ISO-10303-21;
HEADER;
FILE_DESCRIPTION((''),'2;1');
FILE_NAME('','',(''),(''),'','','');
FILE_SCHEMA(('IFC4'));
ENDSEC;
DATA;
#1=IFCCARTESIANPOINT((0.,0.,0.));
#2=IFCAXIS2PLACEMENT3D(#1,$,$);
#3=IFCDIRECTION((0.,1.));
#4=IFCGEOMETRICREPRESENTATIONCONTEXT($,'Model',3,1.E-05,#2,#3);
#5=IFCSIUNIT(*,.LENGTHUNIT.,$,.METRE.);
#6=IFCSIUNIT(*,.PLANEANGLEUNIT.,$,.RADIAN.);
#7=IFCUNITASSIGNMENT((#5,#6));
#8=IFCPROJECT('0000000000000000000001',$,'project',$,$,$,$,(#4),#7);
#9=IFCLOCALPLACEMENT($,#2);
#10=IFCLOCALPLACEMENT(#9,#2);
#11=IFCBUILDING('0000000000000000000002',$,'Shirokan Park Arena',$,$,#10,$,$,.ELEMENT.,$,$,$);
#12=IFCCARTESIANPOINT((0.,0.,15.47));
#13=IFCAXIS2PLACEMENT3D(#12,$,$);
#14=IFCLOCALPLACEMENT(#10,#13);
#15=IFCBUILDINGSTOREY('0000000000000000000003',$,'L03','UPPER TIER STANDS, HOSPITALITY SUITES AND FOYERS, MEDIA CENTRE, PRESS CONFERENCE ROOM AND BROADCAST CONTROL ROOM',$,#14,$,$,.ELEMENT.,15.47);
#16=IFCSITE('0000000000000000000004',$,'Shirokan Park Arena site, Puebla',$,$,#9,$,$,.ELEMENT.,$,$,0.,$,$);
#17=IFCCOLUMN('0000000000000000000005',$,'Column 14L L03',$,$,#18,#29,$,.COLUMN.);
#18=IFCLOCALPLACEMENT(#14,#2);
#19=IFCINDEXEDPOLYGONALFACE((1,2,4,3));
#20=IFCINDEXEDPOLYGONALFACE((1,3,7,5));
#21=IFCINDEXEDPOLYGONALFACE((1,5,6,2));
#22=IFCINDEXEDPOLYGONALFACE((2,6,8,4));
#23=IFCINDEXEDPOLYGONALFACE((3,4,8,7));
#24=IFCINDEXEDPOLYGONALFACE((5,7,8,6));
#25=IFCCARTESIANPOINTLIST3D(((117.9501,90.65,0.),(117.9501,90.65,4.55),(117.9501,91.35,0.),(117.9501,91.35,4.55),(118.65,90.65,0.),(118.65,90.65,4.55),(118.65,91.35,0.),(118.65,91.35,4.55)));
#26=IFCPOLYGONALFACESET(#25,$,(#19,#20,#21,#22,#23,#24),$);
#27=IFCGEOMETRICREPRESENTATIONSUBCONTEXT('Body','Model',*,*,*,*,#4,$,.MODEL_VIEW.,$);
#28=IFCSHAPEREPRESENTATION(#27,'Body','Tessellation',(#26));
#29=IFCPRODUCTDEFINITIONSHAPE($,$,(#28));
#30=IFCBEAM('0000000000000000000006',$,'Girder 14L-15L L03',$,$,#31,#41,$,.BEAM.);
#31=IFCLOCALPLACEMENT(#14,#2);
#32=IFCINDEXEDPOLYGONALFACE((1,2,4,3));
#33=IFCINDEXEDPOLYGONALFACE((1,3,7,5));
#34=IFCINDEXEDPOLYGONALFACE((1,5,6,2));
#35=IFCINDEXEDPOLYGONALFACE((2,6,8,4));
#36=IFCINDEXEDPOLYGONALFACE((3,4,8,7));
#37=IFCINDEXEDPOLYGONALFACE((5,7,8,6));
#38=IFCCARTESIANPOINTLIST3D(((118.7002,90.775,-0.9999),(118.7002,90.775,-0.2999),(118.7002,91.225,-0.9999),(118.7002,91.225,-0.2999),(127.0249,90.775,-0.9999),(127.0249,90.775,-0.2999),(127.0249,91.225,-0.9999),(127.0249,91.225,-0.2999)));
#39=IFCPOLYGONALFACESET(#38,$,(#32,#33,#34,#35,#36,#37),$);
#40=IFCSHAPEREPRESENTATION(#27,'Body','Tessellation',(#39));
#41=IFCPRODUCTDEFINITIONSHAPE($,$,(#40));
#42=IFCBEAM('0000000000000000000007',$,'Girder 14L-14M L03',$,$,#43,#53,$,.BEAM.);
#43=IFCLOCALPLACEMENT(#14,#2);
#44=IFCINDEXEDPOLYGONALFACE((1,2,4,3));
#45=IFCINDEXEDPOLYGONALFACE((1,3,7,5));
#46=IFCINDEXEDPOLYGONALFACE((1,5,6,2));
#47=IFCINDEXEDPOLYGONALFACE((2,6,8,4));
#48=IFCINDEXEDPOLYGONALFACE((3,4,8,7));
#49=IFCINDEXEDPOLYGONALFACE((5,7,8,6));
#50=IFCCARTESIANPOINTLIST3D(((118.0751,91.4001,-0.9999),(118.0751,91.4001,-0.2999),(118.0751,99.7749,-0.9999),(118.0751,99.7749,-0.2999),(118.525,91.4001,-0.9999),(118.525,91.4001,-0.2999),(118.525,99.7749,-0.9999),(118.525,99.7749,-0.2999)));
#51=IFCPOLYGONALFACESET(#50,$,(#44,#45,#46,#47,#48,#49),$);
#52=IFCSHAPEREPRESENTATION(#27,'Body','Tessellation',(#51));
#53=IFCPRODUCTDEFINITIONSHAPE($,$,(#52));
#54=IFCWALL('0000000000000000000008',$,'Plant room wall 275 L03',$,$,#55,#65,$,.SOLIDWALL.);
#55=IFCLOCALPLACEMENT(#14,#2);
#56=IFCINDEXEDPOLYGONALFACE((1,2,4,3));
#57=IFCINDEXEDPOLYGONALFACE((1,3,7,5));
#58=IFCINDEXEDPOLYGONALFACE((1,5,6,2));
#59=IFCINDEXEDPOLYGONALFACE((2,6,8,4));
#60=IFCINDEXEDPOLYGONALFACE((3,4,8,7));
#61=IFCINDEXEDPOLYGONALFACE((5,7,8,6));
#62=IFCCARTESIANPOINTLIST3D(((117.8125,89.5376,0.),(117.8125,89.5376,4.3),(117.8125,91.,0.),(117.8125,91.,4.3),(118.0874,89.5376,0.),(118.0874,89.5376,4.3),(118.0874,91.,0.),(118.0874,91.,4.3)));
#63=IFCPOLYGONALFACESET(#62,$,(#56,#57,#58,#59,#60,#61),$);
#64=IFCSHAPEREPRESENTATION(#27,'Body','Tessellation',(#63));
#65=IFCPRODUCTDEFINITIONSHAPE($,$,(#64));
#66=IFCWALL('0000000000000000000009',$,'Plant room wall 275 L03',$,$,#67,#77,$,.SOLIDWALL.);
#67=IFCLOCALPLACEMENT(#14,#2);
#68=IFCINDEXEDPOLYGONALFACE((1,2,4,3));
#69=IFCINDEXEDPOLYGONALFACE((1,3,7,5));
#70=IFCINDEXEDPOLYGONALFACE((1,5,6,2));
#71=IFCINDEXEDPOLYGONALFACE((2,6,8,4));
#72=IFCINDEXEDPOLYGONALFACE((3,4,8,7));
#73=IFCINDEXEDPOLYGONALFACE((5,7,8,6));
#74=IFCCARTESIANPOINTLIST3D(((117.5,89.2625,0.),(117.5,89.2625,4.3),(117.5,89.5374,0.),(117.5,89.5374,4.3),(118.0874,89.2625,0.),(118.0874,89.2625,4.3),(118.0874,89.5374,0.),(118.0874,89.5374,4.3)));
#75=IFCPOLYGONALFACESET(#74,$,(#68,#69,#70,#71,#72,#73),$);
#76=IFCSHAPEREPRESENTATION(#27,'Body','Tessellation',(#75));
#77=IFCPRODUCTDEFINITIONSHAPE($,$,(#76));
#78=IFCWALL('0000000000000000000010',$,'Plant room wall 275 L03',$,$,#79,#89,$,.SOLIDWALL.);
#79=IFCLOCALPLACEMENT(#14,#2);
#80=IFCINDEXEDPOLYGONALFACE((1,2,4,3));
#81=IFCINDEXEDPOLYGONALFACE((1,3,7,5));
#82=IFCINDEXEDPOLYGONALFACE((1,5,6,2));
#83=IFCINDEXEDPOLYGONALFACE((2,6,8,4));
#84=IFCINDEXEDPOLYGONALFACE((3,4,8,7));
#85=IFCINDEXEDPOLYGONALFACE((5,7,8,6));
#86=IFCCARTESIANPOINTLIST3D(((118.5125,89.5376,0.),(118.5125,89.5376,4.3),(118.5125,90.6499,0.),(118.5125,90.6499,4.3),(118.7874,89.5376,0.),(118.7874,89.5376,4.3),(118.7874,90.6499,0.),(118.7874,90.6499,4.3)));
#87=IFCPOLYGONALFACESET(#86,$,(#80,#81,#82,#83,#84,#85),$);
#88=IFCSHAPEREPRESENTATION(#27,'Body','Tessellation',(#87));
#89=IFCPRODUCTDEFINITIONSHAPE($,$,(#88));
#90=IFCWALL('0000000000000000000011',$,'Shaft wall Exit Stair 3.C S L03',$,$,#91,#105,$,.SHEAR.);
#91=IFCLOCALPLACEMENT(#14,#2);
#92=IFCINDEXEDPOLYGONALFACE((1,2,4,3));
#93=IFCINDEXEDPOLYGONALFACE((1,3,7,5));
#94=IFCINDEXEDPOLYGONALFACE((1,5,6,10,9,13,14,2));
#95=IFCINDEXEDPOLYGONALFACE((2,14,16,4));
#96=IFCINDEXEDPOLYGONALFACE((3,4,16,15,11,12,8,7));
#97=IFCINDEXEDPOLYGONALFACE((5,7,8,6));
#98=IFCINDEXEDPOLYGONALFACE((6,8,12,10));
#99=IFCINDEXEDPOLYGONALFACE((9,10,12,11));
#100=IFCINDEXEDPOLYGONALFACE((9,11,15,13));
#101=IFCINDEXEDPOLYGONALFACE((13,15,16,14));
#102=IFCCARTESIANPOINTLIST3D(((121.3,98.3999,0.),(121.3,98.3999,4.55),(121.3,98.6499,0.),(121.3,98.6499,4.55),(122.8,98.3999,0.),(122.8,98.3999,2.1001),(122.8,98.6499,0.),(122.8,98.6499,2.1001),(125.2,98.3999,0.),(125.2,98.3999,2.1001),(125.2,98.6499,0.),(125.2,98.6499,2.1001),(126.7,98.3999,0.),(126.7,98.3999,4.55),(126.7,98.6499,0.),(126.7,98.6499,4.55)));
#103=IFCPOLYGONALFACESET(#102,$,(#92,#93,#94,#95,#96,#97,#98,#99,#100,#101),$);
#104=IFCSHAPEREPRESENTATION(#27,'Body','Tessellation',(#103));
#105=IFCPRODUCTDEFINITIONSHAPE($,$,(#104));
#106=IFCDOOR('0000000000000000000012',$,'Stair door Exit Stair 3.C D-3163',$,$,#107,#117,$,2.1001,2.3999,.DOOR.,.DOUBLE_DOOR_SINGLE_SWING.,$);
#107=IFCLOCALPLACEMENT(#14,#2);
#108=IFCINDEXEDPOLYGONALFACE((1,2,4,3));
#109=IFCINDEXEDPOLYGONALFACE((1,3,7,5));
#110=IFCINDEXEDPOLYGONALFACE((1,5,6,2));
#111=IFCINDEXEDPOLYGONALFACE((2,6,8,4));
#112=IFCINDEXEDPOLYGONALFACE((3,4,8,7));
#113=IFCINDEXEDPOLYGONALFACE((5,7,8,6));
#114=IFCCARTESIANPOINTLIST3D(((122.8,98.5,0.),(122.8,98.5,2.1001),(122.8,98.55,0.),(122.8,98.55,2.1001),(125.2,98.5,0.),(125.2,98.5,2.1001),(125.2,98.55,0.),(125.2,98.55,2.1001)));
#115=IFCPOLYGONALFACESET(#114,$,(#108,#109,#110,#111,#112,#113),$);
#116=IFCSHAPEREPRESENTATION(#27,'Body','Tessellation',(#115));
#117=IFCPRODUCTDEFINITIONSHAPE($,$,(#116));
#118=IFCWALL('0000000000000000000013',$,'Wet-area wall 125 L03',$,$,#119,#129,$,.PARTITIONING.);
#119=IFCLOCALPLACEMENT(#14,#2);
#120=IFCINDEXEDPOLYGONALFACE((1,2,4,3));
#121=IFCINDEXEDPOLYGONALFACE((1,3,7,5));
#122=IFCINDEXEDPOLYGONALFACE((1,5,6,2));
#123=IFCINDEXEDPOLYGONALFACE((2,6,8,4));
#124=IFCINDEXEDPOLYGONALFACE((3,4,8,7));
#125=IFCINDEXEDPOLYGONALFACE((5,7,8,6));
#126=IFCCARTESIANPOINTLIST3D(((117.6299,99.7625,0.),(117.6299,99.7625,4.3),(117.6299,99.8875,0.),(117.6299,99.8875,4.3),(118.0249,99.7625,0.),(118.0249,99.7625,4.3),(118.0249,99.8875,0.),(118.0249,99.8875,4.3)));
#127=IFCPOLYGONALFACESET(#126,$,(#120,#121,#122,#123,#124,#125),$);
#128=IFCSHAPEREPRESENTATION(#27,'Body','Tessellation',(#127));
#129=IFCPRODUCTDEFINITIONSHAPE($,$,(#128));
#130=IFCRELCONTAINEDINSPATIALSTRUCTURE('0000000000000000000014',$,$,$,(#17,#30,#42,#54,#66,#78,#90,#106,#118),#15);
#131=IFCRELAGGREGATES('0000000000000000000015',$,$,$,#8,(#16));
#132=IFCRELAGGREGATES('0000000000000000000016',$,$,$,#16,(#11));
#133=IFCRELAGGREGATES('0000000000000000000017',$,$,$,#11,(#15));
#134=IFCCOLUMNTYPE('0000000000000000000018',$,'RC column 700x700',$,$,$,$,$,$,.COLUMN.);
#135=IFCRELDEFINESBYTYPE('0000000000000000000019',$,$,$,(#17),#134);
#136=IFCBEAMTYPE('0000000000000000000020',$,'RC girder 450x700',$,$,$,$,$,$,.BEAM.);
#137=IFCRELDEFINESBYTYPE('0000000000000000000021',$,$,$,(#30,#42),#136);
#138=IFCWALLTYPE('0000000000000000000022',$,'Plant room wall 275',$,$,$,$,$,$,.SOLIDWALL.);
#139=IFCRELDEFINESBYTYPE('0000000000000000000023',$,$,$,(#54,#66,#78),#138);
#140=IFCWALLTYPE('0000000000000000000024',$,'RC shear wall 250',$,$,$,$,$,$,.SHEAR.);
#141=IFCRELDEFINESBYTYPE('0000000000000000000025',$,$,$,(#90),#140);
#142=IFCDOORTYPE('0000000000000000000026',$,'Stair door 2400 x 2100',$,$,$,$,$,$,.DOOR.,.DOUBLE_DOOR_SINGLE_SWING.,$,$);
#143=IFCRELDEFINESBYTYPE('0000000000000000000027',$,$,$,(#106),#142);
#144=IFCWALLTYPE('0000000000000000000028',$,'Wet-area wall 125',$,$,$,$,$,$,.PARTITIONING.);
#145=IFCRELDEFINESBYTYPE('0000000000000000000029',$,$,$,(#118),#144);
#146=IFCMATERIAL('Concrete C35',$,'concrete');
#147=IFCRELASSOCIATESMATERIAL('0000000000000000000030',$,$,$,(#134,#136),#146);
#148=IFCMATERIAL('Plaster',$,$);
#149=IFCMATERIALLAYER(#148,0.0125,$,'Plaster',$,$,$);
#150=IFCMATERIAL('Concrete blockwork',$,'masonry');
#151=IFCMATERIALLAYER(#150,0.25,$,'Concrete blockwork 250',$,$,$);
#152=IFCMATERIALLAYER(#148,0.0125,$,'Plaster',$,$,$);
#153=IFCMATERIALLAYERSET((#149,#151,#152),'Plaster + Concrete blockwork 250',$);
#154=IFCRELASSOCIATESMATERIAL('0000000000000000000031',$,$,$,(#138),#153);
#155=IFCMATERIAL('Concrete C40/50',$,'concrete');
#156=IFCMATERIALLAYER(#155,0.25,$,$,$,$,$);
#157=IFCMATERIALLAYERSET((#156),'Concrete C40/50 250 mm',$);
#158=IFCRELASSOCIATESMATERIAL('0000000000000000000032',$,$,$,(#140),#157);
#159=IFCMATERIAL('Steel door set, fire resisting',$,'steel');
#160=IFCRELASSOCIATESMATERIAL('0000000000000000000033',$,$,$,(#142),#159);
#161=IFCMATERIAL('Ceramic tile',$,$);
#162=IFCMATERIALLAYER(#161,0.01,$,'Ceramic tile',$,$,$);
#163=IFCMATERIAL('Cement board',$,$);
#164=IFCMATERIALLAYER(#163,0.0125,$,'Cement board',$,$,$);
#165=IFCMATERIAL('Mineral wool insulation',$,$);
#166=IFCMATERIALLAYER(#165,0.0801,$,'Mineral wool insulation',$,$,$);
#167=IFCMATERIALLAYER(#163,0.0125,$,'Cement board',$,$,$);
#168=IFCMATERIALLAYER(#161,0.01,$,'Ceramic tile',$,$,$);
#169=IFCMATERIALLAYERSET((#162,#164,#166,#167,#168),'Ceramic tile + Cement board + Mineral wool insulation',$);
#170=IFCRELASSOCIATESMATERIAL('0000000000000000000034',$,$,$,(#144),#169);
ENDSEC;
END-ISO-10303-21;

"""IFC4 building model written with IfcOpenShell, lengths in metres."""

from ifc_helpers import new_model, si_unit, direction, frame, frame_2d, origin, origin_2d, place, context, subcontext, project, spatial, rectangle, extrude, material, layer, layer_set, material_profile, profile_set, type_object, element, fill, save


model = new_model("IFC4")

# Units and contexts
model_context = context("Model", 3, precision=1e-05, world=origin(), true_north=direction((0.0, 1.0)))
body_context = subcontext(model_context, "Body", "Model", "MODEL_VIEW")
ifc_project = project(units=[si_unit("LENGTHUNIT", "METRE"), si_unit("PLANEANGLEUNIT", "RADIAN")], contexts=[model_context])

# Site, building, storey
site_placement = place(None, origin())
site = spatial("IfcSite", under=ifc_project, at=site_placement, Name="Shirokan Park Arena site, Puebla", CompositionType="ELEMENT", RefElevation=0.0)
building_placement = place(site_placement, origin())
building = spatial("IfcBuilding", under=site, at=building_placement, Name="Shirokan Park Arena", CompositionType="ELEMENT")
storey_placement = place(building_placement, frame((0.0, 0.0, 15.47)))
storey = spatial("IfcBuildingStorey", under=building, at=storey_placement, Name="L03", Description="UPPER TIER STANDS, HOSPITALITY SUITES AND FOYERS, MEDIA CENTRE, PRESS CONFERENCE ROOM AND BROADCAST CONTROL ROOM", CompositionType="ELEMENT", Elevation=15.47)

# Column
ifc_material_1 = material(Name="Concrete C35", Category="concrete")
ifc_material_profile_1 = material_profile(ifc_material_1, rectangle(XDim=0.7, YDim=0.7, at=origin_2d()), Name="700x700")
ifc_profile_set_1 = profile_set([ifc_material_profile_1], Name="Concrete C35")
column_type = type_object("IfcColumnType", Name="RC column 700x700", PredefinedType="COLUMN", material=ifc_profile_set_1)
column_placement = place(storey_placement, frame((118.3, 91.0, 0.0), z_axis=(0.0, 0.0, 1.0), x_axis=(1.0, 0.0, 0.0)))
element("IfcColumn", 1, at=column_placement, inside=storey, type_object=column_type, Name="Column 14L L03", PredefinedType="COLUMN", context=body_context, shape_type="SweptSolid", body=[
    extrude(rectangle(XDim=0.7, YDim=0.7, at=origin_2d()), origin(), (0.0, 0.0, 1.0), 4.55),
])

# Beams
ifc_material_profile_2 = material_profile(ifc_material_1, rectangle(XDim=0.45, YDim=0.7, at=origin_2d()), Name="450x700")
ifc_profile_set_2 = profile_set([ifc_material_profile_2], Name="Concrete C35")
beam_type = type_object("IfcBeamType", Name="RC girder 450x700", PredefinedType="BEAM", material=ifc_profile_set_2)
beam_1_placement = place(storey_placement, frame((118.7002, 91.0, -0.6499), z_axis=(1.0, 0.0, 0.0), x_axis=(0.0, 1.0, 0.0)))
element("IfcBeam", 2, at=beam_1_placement, inside=storey, type_object=beam_type, Name="Girder 14L-15L L03", PredefinedType="BEAM", context=body_context, shape_type="SweptSolid", body=[
    extrude(rectangle(XDim=0.45, YDim=0.7, at=origin_2d()), origin(), (0.0, 0.0, 1.0), 8.3247),
])
beam_2_placement = place(storey_placement, frame((118.3, 91.4001, -0.6499), z_axis=(0.0, 1.0, 0.0), x_axis=(-1.0, 0.0, 0.0)))
element("IfcBeam", 3, at=beam_2_placement, inside=storey, type_object=beam_type, Name="Girder 14L-14M L03", PredefinedType="BEAM", context=body_context, shape_type="SweptSolid", body=[
    extrude(rectangle(XDim=0.45, YDim=0.7, at=origin_2d()), origin(), (0.0, 0.0, 1.0), 8.3748),
])

# Shared definitions
ifc_material_2 = material(Name="Mineral wool insulation")

# Walls
ifc_material_3 = material(Name="Plaster")
ifc_layer_1 = layer(ifc_material_3, 0.0125, Name="Plaster")
ifc_material_4 = material(Name="Concrete blockwork", Category="masonry")
ifc_layer_2 = layer(ifc_material_4, 0.25, Name="Concrete blockwork 250")
ifc_layer_3 = layer(ifc_material_3, 0.0125, Name="Plaster")
ifc_layer_set_1 = layer_set([ifc_layer_1, ifc_layer_2, ifc_layer_3], Name="Plaster + Concrete blockwork 250")
wall_type_1 = type_object("IfcWallType", Name="Plant room wall 275", PredefinedType="SOLIDWALL", material=ifc_layer_set_1)
wall_1_placement = place(storey_placement, frame((117.95, 89.5376, 0.0), z_axis=(0.0, 0.0, 1.0), x_axis=(0.0, 1.0, 0.0)))
element("IfcWall", 4, at=wall_1_placement, inside=storey, type_object=wall_type_1, Name="Plant room wall 275 L03", PredefinedType="SOLIDWALL", context=body_context, shape_type="SweptSolid", body=[
    extrude(rectangle(XDim=1.4624, YDim=0.2749, at=frame_2d((0.7312, 0.0))), origin(), (0.0, 0.0, 1.0), 4.3),
])
wall_2_placement = place(storey_placement, frame((118.0874, 89.3999, 0.0), z_axis=(0.0, 0.0, 1.0), x_axis=(-1.0, 0.0, 0.0)))
element("IfcWall", 5, at=wall_2_placement, inside=storey, type_object=wall_type_1, Name="Plant room wall 275 L03", PredefinedType="SOLIDWALL", context=body_context, shape_type="SweptSolid", body=[
    extrude(rectangle(XDim=0.5874, YDim=0.2749, at=frame_2d((0.2937, 0.0))), origin(), (0.0, 0.0, 1.0), 4.3),
])
wall_3_placement = place(storey_placement, frame((118.6499, 89.5376, 0.0), z_axis=(0.0, 0.0, 1.0), x_axis=(0.0, 1.0, 0.0)))
element("IfcWall", 6, at=wall_3_placement, inside=storey, type_object=wall_type_1, Name="Plant room wall 275 L03", PredefinedType="SOLIDWALL", context=body_context, shape_type="SweptSolid", body=[
    extrude(rectangle(XDim=1.1123, YDim=0.2749, at=frame_2d((0.5562, 0.0))), origin(), (0.0, 0.0, 1.0), 4.3),
])

# Wall, opening, door
ifc_material_5 = material(Name="Concrete C40/50", Category="concrete")
ifc_layer_4 = layer(ifc_material_5, 0.25)
ifc_layer_set_2 = layer_set([ifc_layer_4], Name="Concrete C40/50 250 mm")
wall_type_2 = type_object("IfcWallType", Name="RC shear wall 250", PredefinedType="SHEAR", material=ifc_layer_set_2)
wall_4_placement = place(storey_placement, frame((126.7, 98.5249, 0.0), z_axis=(0.0, 0.0, 1.0), x_axis=(-1.0, 0.0, 0.0)))
wall_4 = element("IfcWall", 7, at=wall_4_placement, inside=storey, type_object=wall_type_2, Name="Shaft wall Exit Stair 3.C S L03", PredefinedType="SHEAR", context=body_context, shape_type="SweptSolid", body=[
    extrude(rectangle(XDim=5.3999, YDim=0.25, at=frame_2d((2.7, 0.0))), origin(), (0.0, 0.0, 1.0), 4.55),
])
opening_1_placement = place(wall_4_placement, frame((1.5, 0.0, 0.0)))
opening_1 = element("IfcOpeningElement", 8, at=opening_1_placement, cuts=wall_4, PredefinedType="OPENING", context=body_context, shape_type="SweptSolid", body=[
    extrude(rectangle(XDim=2.3999, YDim=2.1001, at=frame_2d((1.2, 1.05))), frame((0.0, 0.135, 0.0), z_axis=(0.0, -1.0, 0.0), x_axis=(1.0, 0.0, 0.0)), (0.0, 0.0, 1.0), 0.27),
])
ifc_material_6 = material(Name="Steel door set, fire resisting", Category="steel")
door_type_1 = type_object("IfcDoorType", Name="Stair door 2400 x 2100", OperationType="DOUBLE_DOOR_SINGLE_SWING", PredefinedType="DOOR", material=ifc_material_6)
door_1_placement = place(opening_1_placement, origin())
door_1 = element("IfcDoor", 9, at=door_1_placement, inside=storey, type_object=door_type_1, Name="Stair door Exit Stair 3.C D-3163", OperationType="DOUBLE_DOOR_SINGLE_SWING", OverallHeight=2.1001, OverallWidth=2.3999, PredefinedType="DOOR", context=body_context, shape_type="SweptSolid", body=[
    extrude(rectangle(XDim=2.3999, YDim=2.1001, at=frame_2d((1.2, 1.05))), frame((0.0, 0.0249, 0.0), z_axis=(0.0, -1.0, 0.0), x_axis=(1.0, 0.0, 0.0)), (0.0, 0.0, 1.0), 0.05),
])
fill(opening_1, door_1)

# Wall
ifc_material_7 = material(Name="Ceramic tile")
ifc_layer_5 = layer(ifc_material_7, 0.01, Name="Ceramic tile")
ifc_material_8 = material(Name="Cement board")
ifc_layer_6 = layer(ifc_material_8, 0.0125, Name="Cement board")
ifc_layer_7 = layer(ifc_material_2, 0.0801, Name="Mineral wool insulation")
ifc_layer_8 = layer(ifc_material_8, 0.0125, Name="Cement board")
ifc_layer_9 = layer(ifc_material_7, 0.01, Name="Ceramic tile")
ifc_layer_set_3 = layer_set([ifc_layer_5, ifc_layer_6, ifc_layer_7, ifc_layer_8, ifc_layer_9], Name="Ceramic tile + Cement board + Mineral wool insulation")
wall_type_3 = type_object("IfcWallType", Name="Wet-area wall 125", PredefinedType="PARTITIONING", material=ifc_layer_set_3)
wall_5_placement = place(storey_placement, frame((117.6299, 99.825, 0.0), z_axis=(0.0, 0.0, 1.0), x_axis=(1.0, 0.0, 0.0)))
element("IfcWall", 10, at=wall_5_placement, inside=storey, type_object=wall_type_3, Name="Wet-area wall 125 L03", PredefinedType="PARTITIONING", context=body_context, shape_type="SweptSolid", body=[
    extrude(rectangle(XDim=0.395, YDim=0.125, at=frame_2d((0.1975, 0.0))), origin(), (0.0, 0.0, 1.0), 4.3),
])

save(model, "model.ifc")
